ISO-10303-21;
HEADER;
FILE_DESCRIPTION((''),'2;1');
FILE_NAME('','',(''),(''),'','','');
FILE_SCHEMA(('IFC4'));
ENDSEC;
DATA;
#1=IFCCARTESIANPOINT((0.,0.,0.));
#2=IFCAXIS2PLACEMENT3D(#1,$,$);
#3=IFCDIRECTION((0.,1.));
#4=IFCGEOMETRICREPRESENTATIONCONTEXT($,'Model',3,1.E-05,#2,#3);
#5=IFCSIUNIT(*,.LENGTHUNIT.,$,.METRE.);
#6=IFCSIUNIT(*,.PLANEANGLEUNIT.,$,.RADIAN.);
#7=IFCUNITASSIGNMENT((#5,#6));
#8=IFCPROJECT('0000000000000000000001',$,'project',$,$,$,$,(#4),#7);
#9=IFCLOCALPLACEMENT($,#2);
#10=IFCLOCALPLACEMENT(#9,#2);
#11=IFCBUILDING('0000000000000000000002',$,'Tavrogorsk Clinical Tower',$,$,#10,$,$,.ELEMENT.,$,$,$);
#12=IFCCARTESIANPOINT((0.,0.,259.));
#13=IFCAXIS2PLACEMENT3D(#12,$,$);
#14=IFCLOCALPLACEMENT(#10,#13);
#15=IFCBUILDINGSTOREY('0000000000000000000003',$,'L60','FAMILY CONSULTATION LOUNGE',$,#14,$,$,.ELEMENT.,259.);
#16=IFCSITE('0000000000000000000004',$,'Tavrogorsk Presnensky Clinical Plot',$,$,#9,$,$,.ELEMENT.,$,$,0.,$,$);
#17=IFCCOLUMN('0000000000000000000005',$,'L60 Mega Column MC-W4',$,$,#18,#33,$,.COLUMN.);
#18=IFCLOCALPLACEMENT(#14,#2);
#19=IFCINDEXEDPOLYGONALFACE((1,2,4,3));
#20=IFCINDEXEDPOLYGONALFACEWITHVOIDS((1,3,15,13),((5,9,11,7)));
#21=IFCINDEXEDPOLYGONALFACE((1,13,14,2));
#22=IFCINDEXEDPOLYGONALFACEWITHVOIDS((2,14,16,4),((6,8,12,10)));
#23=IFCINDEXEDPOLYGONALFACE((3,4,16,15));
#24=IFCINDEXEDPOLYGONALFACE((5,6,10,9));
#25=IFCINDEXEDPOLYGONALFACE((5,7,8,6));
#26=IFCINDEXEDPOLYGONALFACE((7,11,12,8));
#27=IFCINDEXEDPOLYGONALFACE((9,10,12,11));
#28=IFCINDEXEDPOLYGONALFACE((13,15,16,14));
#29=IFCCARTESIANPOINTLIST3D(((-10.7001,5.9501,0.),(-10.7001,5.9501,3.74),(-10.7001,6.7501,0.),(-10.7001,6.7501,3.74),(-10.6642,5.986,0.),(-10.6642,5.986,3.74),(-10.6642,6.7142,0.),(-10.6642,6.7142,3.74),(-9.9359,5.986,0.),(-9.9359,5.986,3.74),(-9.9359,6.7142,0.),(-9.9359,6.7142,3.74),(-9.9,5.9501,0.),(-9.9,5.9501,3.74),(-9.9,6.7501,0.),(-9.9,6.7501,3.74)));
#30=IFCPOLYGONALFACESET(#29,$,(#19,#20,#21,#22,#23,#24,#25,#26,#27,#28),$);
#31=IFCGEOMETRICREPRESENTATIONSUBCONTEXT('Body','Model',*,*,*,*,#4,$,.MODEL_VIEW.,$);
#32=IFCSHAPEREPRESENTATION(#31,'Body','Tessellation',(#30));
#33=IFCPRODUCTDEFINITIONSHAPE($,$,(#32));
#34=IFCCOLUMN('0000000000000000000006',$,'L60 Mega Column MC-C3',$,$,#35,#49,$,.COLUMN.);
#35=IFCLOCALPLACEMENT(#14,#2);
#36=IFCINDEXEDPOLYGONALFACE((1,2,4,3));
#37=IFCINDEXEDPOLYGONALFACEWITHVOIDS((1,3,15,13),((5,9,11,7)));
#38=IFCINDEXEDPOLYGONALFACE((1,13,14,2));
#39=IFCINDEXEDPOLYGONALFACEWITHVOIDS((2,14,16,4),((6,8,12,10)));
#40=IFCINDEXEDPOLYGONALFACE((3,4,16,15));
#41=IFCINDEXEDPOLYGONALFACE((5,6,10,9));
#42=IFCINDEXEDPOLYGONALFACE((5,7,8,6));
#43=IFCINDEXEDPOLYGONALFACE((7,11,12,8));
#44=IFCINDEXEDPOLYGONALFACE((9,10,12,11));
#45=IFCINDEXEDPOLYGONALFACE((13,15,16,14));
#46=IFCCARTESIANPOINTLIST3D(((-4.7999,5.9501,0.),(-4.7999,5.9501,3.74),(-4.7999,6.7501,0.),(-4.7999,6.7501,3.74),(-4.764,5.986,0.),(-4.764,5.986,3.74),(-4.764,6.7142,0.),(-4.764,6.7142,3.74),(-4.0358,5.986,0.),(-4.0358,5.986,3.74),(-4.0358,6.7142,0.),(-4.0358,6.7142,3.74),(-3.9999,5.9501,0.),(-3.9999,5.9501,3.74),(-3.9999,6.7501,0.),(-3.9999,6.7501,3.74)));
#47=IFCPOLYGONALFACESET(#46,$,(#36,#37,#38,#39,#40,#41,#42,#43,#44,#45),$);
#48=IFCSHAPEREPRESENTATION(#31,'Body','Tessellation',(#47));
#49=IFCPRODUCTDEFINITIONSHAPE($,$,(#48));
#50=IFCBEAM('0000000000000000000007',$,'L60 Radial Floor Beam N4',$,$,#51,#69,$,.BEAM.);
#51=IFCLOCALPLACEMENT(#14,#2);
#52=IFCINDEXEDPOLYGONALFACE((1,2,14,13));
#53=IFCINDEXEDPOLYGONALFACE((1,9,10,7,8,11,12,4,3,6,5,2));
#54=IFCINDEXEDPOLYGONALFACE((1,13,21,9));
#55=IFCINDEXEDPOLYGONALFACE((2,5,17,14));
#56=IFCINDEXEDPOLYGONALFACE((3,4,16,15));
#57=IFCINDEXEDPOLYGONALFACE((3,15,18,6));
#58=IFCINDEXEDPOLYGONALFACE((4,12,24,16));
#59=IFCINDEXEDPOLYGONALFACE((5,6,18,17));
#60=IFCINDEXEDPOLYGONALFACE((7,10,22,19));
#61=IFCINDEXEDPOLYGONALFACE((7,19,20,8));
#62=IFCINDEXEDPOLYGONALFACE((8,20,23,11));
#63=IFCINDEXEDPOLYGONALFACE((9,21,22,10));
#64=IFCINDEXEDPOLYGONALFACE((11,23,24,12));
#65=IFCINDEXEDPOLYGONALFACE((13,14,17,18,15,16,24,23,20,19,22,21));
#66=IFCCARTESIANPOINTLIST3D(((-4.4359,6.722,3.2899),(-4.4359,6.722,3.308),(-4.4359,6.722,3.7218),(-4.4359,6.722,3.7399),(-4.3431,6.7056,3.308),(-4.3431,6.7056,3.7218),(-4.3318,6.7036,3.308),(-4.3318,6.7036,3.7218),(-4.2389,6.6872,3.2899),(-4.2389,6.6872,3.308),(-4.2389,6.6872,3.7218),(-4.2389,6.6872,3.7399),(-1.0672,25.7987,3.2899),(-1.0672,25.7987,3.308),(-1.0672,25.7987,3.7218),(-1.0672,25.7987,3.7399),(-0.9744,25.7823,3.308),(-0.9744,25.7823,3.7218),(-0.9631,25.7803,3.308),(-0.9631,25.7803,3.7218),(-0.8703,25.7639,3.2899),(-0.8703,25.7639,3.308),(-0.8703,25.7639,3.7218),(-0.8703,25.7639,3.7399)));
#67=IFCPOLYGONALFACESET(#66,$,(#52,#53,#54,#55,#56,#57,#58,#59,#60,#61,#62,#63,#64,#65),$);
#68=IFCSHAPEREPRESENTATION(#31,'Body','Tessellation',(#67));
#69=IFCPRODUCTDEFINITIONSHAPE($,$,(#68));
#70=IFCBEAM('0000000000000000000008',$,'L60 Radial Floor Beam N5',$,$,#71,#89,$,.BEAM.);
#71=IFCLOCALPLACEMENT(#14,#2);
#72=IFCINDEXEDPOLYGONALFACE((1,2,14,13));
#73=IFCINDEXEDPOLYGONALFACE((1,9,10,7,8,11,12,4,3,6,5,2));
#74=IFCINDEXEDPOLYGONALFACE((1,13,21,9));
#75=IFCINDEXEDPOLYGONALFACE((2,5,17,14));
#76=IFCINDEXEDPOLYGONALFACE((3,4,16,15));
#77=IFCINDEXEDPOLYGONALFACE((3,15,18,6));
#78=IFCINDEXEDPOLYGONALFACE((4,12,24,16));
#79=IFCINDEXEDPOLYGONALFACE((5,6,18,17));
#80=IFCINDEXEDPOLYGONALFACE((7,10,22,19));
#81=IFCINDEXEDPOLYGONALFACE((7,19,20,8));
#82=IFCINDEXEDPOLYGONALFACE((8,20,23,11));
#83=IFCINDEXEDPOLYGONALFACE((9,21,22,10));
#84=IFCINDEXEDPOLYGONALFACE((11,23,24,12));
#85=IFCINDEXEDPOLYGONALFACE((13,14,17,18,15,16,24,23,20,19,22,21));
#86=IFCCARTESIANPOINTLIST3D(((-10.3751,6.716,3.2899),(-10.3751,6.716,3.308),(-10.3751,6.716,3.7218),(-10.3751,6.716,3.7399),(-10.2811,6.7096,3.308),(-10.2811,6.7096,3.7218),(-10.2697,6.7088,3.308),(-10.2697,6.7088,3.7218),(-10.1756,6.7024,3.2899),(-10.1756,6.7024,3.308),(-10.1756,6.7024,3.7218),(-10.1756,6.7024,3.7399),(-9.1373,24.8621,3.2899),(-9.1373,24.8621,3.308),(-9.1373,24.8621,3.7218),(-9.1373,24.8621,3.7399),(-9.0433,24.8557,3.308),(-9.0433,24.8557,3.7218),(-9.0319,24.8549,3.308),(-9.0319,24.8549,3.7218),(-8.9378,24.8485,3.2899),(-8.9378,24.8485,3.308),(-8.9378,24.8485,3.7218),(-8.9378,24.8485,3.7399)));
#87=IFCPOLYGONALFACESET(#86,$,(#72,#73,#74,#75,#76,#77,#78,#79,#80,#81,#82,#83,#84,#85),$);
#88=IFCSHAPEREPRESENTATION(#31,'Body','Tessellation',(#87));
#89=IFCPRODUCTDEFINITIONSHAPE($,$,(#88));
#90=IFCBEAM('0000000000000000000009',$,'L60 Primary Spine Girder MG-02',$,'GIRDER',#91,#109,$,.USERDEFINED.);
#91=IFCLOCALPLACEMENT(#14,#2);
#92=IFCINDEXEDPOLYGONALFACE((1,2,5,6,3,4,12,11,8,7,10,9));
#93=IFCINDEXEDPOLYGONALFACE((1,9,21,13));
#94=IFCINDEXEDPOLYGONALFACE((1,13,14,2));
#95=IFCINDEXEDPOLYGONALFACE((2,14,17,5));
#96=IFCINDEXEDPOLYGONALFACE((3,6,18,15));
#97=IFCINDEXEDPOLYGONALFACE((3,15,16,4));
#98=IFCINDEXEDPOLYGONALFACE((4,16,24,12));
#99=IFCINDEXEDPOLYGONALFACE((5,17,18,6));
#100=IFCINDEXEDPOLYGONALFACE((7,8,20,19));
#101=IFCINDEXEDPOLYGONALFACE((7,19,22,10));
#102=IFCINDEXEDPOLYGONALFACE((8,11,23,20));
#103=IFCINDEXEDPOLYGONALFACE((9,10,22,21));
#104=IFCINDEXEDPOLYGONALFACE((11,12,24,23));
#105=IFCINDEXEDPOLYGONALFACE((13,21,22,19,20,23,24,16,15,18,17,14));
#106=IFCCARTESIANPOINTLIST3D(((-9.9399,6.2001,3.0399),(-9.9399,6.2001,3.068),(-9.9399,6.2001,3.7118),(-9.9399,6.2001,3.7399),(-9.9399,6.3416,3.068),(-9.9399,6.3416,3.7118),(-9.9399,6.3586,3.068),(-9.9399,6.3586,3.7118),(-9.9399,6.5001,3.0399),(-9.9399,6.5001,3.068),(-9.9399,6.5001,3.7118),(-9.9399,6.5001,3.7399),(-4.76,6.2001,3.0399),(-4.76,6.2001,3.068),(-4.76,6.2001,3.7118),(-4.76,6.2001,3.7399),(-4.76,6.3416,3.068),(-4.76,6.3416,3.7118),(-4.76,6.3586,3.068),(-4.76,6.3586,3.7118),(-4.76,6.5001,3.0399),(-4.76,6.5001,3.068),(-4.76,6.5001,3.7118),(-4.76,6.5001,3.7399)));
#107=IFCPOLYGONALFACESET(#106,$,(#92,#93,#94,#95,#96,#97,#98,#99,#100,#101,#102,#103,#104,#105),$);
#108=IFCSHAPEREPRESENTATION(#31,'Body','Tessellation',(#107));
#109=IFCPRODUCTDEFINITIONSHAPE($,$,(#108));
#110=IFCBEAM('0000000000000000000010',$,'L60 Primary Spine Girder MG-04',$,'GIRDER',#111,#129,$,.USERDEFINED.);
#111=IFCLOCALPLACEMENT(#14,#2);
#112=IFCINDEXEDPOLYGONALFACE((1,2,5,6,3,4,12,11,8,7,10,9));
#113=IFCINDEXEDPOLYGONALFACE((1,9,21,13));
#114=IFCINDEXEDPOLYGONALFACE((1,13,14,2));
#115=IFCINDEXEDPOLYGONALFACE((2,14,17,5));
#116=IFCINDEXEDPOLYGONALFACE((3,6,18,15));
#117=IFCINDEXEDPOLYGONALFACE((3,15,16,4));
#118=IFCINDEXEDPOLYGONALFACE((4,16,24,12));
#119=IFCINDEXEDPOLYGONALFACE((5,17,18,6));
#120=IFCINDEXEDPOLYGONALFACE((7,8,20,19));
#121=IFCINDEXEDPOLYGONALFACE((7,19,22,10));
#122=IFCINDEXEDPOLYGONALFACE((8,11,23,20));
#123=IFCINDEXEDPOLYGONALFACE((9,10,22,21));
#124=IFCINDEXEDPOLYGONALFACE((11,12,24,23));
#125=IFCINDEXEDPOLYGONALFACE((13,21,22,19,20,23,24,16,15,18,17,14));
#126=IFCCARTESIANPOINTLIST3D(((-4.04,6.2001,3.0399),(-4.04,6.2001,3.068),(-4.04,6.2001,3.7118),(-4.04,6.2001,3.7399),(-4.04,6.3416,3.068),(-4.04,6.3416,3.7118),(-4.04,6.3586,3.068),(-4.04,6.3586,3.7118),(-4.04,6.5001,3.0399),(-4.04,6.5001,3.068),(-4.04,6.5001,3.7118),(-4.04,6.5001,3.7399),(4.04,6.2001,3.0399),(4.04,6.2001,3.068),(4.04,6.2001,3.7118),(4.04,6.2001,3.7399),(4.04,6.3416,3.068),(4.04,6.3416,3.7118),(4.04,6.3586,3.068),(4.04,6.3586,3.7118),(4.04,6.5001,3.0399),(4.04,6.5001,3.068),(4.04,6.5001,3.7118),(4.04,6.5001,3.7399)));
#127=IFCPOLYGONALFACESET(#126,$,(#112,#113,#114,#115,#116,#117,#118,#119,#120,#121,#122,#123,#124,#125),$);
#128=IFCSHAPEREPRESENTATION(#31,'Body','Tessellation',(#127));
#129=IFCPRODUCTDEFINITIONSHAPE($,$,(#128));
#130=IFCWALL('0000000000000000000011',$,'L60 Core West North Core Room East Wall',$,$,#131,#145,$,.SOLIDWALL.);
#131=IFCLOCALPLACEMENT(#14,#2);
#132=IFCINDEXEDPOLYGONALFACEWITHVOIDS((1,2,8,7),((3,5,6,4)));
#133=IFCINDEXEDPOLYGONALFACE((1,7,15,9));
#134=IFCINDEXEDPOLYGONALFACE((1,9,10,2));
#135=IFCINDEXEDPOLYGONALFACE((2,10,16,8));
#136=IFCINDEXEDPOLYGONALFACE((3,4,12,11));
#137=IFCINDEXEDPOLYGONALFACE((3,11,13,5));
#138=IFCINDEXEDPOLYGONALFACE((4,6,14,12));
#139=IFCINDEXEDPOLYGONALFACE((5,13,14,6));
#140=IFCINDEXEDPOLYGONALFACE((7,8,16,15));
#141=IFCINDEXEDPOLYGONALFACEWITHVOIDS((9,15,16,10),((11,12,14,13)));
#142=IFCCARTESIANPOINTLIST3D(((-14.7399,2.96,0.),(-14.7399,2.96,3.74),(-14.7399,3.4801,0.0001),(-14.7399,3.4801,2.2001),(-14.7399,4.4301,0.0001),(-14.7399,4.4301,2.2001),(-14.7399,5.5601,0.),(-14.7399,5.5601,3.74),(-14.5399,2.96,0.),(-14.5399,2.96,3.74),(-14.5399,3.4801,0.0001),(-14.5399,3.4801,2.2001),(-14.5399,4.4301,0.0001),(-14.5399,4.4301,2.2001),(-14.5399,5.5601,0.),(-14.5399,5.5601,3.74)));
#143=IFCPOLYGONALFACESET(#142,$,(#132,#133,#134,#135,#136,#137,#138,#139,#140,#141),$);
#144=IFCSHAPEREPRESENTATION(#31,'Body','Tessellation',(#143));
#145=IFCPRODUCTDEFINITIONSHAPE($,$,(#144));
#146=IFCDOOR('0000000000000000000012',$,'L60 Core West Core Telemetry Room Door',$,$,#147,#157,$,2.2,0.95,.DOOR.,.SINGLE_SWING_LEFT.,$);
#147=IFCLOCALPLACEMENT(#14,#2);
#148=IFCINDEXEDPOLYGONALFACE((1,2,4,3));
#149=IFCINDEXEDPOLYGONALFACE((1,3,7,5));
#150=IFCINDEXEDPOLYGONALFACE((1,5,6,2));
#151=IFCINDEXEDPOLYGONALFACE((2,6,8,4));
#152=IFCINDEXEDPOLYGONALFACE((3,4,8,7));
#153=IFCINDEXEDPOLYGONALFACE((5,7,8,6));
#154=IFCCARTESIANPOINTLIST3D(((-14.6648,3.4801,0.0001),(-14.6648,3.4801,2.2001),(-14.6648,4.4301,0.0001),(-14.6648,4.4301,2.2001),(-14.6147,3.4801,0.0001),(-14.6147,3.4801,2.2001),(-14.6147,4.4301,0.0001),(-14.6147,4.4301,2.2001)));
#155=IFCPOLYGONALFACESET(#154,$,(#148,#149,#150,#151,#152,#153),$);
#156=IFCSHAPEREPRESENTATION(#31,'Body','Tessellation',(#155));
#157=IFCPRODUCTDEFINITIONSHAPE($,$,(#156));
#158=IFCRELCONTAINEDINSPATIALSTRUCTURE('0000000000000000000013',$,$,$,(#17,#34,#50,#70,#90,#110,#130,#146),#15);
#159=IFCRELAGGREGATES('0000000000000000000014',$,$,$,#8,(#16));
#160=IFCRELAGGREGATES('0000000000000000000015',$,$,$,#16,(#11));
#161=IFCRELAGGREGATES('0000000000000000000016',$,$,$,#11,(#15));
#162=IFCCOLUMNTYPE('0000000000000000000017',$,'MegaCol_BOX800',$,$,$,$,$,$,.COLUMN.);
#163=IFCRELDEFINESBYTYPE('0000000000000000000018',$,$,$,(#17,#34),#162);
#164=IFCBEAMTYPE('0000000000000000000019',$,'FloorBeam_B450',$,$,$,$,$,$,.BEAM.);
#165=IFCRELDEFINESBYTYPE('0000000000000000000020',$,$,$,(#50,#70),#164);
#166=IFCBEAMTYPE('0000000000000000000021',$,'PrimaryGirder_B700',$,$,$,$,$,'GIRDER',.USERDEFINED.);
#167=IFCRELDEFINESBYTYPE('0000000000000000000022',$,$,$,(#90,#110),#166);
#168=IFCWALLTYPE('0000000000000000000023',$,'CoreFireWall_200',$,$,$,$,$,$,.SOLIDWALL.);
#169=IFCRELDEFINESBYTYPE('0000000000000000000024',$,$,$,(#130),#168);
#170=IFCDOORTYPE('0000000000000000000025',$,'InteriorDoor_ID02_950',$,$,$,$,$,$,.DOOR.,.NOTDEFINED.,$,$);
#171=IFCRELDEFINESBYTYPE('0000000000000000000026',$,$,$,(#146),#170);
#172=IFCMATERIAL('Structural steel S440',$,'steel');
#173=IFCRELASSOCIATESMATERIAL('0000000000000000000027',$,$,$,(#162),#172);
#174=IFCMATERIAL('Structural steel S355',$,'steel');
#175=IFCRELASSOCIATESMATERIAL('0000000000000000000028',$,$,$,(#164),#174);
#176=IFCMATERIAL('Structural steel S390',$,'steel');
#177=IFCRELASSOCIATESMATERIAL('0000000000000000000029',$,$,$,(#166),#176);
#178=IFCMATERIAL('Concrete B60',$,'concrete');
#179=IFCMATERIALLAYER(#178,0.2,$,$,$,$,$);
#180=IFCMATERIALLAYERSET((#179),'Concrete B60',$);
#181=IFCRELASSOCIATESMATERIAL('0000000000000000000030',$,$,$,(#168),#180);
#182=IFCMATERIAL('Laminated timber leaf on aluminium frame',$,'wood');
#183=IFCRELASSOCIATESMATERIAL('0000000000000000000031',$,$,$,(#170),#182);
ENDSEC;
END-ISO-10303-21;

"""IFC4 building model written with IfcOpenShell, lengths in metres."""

from ifc_helpers import new_model, si_unit, direction, frame, frame_2d, origin, origin_2d, place, context, subcontext, project, spatial, rectangle, hollow_rectangle, i_section, extrude, material, layer, layer_set, material_profile, profile_set, type_object, element, fill, save


model = new_model("IFC4")

# Units and contexts
model_context = context("Model", 3, precision=1e-05, world=origin(), true_north=direction((0.0, 1.0)))
body_context = subcontext(model_context, "Body", "Model", "MODEL_VIEW")
ifc_project = project(units=[si_unit("LENGTHUNIT", "METRE"), si_unit("PLANEANGLEUNIT", "RADIAN")], contexts=[model_context])

# Site, building, storey
site_placement = place(None, origin())
site = spatial("IfcSite", under=ifc_project, at=site_placement, Name="Tavrogorsk Presnensky Clinical Plot", CompositionType="ELEMENT", RefElevation=0.0)
building_placement = place(site_placement, origin())
building = spatial("IfcBuilding", under=site, at=building_placement, Name="Tavrogorsk Clinical Tower", CompositionType="ELEMENT")
storey_placement = place(building_placement, frame((0.0, 0.0, 259.0)))
storey = spatial("IfcBuildingStorey", under=building, at=storey_placement, Name="L60", Description="FAMILY CONSULTATION LOUNGE", CompositionType="ELEMENT", Elevation=259.0)

# Columns
ifc_material_1 = material(Name="Structural steel S440", Category="steel")
ifc_material_profile_1 = material_profile(ifc_material_1, hollow_rectangle(XDim=0.8, YDim=0.8, WallThickness=0.0359, at=origin_2d()), Name="BOX-800x800x36")
ifc_profile_set_1 = profile_set([ifc_material_profile_1], Name="Structural steel S440")
column_type = type_object("IfcColumnType", Name="MegaCol_BOX800", PredefinedType="COLUMN", material=ifc_profile_set_1)
for number, where, z_axis, x_axis, name in (
    (1, (-10.3, 6.3501, 0.0), (0.0, 0.0, 1.0), (1.0, 0.0, 0.0), "L60 Mega Column MC-W4"),
    (2, (-4.3999, 6.3501, 0.0), (0.0, 0.0, 1.0), (1.0, 0.0, 0.0), "L60 Mega Column MC-C3"),
):
    element("IfcColumn", number, at=place(storey_placement, frame(where, z_axis=z_axis, x_axis=x_axis)), inside=storey, type_object=column_type, Name=name, PredefinedType="COLUMN", context=body_context, shape_type="SweptSolid", body=[
        extrude(hollow_rectangle(XDim=0.8, YDim=0.8, WallThickness=0.0359, at=origin_2d()), origin(), (0.0, 0.0, 1.0), 3.74),
    ])

# Beams
ifc_material_2 = material(Name="Structural steel S355", Category="steel")
ifc_material_profile_2 = material_profile(ifc_material_2, i_section(OverallWidth=0.2, OverallDepth=0.45, WebThickness=0.0115, FlangeThickness=0.0181, at=origin_2d()), Name="B-450x200x11.5x18")
ifc_profile_set_2 = profile_set([ifc_material_profile_2], Name="Structural steel S355")
beam_type_1 = type_object("IfcBeamType", Name="FloorBeam_B450", PredefinedType="BEAM", material=ifc_profile_set_2)
beam_1_placement = place(storey_placement, frame((-4.3374, 6.7046, 3.5149), z_axis=(0.173895, 0.984764, 0.0), x_axis=(-0.984764, 0.173895, 0.0)))
element("IfcBeam", 3, at=beam_1_placement, inside=storey, type_object=beam_type_1, Name="L60 Radial Floor Beam N4", PredefinedType="BEAM", context=body_context, shape_type="SweptSolid", body=[
    extrude(i_section(OverallWidth=0.2, OverallDepth=0.45, WebThickness=0.0115, FlangeThickness=0.0181, at=origin_2d()), origin(), (0.0, 0.0, 1.0), 19.3718),
])
beam_2_placement = place(storey_placement, frame((-10.2754, 6.7092, 3.5149), z_axis=(0.068055, 0.997682, 0.0), x_axis=(-0.997682, 0.068055, 0.0)))
element("IfcBeam", 4, at=beam_2_placement, inside=storey, type_object=beam_type_1, Name="L60 Radial Floor Beam N5", PredefinedType="BEAM", context=body_context, shape_type="SweptSolid", body=[
    extrude(i_section(OverallWidth=0.2, OverallDepth=0.45, WebThickness=0.0115, FlangeThickness=0.0181, at=origin_2d()), origin(), (0.0, 0.0, 1.0), 18.1882),
])
ifc_material_3 = material(Name="Structural steel S390", Category="steel")
ifc_material_profile_3 = material_profile(ifc_material_3, i_section(OverallWidth=0.3, OverallDepth=0.7, WebThickness=0.0171, FlangeThickness=0.0281, at=origin_2d()), Name="B-700x300x17x28")
ifc_profile_set_3 = profile_set([ifc_material_profile_3], Name="Structural steel S390")
beam_type_2 = type_object("IfcBeamType", Name="PrimaryGirder_B700", ElementType="GIRDER", PredefinedType="USERDEFINED", material=ifc_profile_set_3)
beam_3_placement = place(storey_placement, frame((-9.9399, 6.3501, 3.3899), z_axis=(1.0, 0.0, 0.0), x_axis=(0.0, 1.0, 0.0)))
element("IfcBeam", 5, at=beam_3_placement, inside=storey, type_object=beam_type_2, Name="L60 Primary Spine Girder MG-02", ObjectType="GIRDER", PredefinedType="USERDEFINED", context=body_context, shape_type="SweptSolid", body=[
    extrude(i_section(OverallWidth=0.3, OverallDepth=0.7, WebThickness=0.0171, FlangeThickness=0.0281, at=origin_2d()), origin(), (0.0, 0.0, 1.0), 5.1799),
])
beam_4_placement = place(storey_placement, frame((-4.04, 6.3501, 3.3899), z_axis=(1.0, 0.0, 0.0), x_axis=(0.0, 1.0, 0.0)))
element("IfcBeam", 6, at=beam_4_placement, inside=storey, type_object=beam_type_2, Name="L60 Primary Spine Girder MG-04", ObjectType="GIRDER", PredefinedType="USERDEFINED", context=body_context, shape_type="SweptSolid", body=[
    extrude(i_section(OverallWidth=0.3, OverallDepth=0.7, WebThickness=0.0171, FlangeThickness=0.0281, at=origin_2d()), origin(), (0.0, 0.0, 1.0), 8.0801),
])

# Wall, opening, door
ifc_material_4 = material(Name="Concrete B60", Category="concrete")
ifc_layer_1 = layer(ifc_material_4, 0.2)
ifc_layer_set_1 = layer_set([ifc_layer_1], Name="Concrete B60")
wall_type_1 = type_object("IfcWallType", Name="CoreFireWall_200", PredefinedType="SOLIDWALL", material=ifc_layer_set_1)
wall_1_placement = place(storey_placement, frame((-14.6399, 2.96, 0.0), z_axis=(0.0, 0.0, 1.0), x_axis=(0.0, 1.0, 0.0)))
wall_1 = element("IfcWall", 7, at=wall_1_placement, inside=storey, type_object=wall_type_1, Name="L60 Core West North Core Room East Wall", PredefinedType="SOLIDWALL", context=body_context, shape_type="SweptSolid", body=[
    extrude(rectangle(XDim=2.6001, YDim=0.2, at=frame_2d((1.3, 0.0))), origin(), (0.0, 0.0, 1.0), 3.74),
])
opening_1_placement = place(wall_1_placement, frame((0.52, 0.0, 0.0)))
opening_1 = element("IfcOpeningElement", 8, at=opening_1_placement, cuts=wall_1, PredefinedType="OPENING", context=body_context, shape_type="SweptSolid", body=[
    extrude(rectangle(XDim=0.95, YDim=2.2, at=frame_2d((0.4751, 1.1001))), frame((0.0, 0.1099, 0.0), z_axis=(0.0, -1.0, 0.0), x_axis=(1.0, 0.0, 0.0)), (0.0, 0.0, 1.0), 0.22),
])
ifc_material_5 = material(Name="Laminated timber leaf on aluminium frame", Category="wood")
door_type_1 = type_object("IfcDoorType", Name="InteriorDoor_ID02_950", OperationType="NOTDEFINED", PredefinedType="DOOR", material=ifc_material_5)
door_1_placement = place(opening_1_placement, origin())
door_1 = element("IfcDoor", 9, at=door_1_placement, inside=storey, type_object=door_type_1, Name="L60 Core West Core Telemetry Room Door", OperationType="SINGLE_SWING_LEFT", OverallHeight=2.2, OverallWidth=0.95, PredefinedType="DOOR", context=body_context, shape_type="SweptSolid", body=[
    extrude(rectangle(XDim=0.95, YDim=2.2, at=frame_2d((0.4751, 1.1001))), frame((0.0, 0.0249, 0.0), z_axis=(0.0, -1.0, 0.0), x_axis=(1.0, 0.0, 0.0)), (0.0, 0.0, 1.0), 0.05),
])
fill(opening_1, door_1)

save(model, "model.ifc")
